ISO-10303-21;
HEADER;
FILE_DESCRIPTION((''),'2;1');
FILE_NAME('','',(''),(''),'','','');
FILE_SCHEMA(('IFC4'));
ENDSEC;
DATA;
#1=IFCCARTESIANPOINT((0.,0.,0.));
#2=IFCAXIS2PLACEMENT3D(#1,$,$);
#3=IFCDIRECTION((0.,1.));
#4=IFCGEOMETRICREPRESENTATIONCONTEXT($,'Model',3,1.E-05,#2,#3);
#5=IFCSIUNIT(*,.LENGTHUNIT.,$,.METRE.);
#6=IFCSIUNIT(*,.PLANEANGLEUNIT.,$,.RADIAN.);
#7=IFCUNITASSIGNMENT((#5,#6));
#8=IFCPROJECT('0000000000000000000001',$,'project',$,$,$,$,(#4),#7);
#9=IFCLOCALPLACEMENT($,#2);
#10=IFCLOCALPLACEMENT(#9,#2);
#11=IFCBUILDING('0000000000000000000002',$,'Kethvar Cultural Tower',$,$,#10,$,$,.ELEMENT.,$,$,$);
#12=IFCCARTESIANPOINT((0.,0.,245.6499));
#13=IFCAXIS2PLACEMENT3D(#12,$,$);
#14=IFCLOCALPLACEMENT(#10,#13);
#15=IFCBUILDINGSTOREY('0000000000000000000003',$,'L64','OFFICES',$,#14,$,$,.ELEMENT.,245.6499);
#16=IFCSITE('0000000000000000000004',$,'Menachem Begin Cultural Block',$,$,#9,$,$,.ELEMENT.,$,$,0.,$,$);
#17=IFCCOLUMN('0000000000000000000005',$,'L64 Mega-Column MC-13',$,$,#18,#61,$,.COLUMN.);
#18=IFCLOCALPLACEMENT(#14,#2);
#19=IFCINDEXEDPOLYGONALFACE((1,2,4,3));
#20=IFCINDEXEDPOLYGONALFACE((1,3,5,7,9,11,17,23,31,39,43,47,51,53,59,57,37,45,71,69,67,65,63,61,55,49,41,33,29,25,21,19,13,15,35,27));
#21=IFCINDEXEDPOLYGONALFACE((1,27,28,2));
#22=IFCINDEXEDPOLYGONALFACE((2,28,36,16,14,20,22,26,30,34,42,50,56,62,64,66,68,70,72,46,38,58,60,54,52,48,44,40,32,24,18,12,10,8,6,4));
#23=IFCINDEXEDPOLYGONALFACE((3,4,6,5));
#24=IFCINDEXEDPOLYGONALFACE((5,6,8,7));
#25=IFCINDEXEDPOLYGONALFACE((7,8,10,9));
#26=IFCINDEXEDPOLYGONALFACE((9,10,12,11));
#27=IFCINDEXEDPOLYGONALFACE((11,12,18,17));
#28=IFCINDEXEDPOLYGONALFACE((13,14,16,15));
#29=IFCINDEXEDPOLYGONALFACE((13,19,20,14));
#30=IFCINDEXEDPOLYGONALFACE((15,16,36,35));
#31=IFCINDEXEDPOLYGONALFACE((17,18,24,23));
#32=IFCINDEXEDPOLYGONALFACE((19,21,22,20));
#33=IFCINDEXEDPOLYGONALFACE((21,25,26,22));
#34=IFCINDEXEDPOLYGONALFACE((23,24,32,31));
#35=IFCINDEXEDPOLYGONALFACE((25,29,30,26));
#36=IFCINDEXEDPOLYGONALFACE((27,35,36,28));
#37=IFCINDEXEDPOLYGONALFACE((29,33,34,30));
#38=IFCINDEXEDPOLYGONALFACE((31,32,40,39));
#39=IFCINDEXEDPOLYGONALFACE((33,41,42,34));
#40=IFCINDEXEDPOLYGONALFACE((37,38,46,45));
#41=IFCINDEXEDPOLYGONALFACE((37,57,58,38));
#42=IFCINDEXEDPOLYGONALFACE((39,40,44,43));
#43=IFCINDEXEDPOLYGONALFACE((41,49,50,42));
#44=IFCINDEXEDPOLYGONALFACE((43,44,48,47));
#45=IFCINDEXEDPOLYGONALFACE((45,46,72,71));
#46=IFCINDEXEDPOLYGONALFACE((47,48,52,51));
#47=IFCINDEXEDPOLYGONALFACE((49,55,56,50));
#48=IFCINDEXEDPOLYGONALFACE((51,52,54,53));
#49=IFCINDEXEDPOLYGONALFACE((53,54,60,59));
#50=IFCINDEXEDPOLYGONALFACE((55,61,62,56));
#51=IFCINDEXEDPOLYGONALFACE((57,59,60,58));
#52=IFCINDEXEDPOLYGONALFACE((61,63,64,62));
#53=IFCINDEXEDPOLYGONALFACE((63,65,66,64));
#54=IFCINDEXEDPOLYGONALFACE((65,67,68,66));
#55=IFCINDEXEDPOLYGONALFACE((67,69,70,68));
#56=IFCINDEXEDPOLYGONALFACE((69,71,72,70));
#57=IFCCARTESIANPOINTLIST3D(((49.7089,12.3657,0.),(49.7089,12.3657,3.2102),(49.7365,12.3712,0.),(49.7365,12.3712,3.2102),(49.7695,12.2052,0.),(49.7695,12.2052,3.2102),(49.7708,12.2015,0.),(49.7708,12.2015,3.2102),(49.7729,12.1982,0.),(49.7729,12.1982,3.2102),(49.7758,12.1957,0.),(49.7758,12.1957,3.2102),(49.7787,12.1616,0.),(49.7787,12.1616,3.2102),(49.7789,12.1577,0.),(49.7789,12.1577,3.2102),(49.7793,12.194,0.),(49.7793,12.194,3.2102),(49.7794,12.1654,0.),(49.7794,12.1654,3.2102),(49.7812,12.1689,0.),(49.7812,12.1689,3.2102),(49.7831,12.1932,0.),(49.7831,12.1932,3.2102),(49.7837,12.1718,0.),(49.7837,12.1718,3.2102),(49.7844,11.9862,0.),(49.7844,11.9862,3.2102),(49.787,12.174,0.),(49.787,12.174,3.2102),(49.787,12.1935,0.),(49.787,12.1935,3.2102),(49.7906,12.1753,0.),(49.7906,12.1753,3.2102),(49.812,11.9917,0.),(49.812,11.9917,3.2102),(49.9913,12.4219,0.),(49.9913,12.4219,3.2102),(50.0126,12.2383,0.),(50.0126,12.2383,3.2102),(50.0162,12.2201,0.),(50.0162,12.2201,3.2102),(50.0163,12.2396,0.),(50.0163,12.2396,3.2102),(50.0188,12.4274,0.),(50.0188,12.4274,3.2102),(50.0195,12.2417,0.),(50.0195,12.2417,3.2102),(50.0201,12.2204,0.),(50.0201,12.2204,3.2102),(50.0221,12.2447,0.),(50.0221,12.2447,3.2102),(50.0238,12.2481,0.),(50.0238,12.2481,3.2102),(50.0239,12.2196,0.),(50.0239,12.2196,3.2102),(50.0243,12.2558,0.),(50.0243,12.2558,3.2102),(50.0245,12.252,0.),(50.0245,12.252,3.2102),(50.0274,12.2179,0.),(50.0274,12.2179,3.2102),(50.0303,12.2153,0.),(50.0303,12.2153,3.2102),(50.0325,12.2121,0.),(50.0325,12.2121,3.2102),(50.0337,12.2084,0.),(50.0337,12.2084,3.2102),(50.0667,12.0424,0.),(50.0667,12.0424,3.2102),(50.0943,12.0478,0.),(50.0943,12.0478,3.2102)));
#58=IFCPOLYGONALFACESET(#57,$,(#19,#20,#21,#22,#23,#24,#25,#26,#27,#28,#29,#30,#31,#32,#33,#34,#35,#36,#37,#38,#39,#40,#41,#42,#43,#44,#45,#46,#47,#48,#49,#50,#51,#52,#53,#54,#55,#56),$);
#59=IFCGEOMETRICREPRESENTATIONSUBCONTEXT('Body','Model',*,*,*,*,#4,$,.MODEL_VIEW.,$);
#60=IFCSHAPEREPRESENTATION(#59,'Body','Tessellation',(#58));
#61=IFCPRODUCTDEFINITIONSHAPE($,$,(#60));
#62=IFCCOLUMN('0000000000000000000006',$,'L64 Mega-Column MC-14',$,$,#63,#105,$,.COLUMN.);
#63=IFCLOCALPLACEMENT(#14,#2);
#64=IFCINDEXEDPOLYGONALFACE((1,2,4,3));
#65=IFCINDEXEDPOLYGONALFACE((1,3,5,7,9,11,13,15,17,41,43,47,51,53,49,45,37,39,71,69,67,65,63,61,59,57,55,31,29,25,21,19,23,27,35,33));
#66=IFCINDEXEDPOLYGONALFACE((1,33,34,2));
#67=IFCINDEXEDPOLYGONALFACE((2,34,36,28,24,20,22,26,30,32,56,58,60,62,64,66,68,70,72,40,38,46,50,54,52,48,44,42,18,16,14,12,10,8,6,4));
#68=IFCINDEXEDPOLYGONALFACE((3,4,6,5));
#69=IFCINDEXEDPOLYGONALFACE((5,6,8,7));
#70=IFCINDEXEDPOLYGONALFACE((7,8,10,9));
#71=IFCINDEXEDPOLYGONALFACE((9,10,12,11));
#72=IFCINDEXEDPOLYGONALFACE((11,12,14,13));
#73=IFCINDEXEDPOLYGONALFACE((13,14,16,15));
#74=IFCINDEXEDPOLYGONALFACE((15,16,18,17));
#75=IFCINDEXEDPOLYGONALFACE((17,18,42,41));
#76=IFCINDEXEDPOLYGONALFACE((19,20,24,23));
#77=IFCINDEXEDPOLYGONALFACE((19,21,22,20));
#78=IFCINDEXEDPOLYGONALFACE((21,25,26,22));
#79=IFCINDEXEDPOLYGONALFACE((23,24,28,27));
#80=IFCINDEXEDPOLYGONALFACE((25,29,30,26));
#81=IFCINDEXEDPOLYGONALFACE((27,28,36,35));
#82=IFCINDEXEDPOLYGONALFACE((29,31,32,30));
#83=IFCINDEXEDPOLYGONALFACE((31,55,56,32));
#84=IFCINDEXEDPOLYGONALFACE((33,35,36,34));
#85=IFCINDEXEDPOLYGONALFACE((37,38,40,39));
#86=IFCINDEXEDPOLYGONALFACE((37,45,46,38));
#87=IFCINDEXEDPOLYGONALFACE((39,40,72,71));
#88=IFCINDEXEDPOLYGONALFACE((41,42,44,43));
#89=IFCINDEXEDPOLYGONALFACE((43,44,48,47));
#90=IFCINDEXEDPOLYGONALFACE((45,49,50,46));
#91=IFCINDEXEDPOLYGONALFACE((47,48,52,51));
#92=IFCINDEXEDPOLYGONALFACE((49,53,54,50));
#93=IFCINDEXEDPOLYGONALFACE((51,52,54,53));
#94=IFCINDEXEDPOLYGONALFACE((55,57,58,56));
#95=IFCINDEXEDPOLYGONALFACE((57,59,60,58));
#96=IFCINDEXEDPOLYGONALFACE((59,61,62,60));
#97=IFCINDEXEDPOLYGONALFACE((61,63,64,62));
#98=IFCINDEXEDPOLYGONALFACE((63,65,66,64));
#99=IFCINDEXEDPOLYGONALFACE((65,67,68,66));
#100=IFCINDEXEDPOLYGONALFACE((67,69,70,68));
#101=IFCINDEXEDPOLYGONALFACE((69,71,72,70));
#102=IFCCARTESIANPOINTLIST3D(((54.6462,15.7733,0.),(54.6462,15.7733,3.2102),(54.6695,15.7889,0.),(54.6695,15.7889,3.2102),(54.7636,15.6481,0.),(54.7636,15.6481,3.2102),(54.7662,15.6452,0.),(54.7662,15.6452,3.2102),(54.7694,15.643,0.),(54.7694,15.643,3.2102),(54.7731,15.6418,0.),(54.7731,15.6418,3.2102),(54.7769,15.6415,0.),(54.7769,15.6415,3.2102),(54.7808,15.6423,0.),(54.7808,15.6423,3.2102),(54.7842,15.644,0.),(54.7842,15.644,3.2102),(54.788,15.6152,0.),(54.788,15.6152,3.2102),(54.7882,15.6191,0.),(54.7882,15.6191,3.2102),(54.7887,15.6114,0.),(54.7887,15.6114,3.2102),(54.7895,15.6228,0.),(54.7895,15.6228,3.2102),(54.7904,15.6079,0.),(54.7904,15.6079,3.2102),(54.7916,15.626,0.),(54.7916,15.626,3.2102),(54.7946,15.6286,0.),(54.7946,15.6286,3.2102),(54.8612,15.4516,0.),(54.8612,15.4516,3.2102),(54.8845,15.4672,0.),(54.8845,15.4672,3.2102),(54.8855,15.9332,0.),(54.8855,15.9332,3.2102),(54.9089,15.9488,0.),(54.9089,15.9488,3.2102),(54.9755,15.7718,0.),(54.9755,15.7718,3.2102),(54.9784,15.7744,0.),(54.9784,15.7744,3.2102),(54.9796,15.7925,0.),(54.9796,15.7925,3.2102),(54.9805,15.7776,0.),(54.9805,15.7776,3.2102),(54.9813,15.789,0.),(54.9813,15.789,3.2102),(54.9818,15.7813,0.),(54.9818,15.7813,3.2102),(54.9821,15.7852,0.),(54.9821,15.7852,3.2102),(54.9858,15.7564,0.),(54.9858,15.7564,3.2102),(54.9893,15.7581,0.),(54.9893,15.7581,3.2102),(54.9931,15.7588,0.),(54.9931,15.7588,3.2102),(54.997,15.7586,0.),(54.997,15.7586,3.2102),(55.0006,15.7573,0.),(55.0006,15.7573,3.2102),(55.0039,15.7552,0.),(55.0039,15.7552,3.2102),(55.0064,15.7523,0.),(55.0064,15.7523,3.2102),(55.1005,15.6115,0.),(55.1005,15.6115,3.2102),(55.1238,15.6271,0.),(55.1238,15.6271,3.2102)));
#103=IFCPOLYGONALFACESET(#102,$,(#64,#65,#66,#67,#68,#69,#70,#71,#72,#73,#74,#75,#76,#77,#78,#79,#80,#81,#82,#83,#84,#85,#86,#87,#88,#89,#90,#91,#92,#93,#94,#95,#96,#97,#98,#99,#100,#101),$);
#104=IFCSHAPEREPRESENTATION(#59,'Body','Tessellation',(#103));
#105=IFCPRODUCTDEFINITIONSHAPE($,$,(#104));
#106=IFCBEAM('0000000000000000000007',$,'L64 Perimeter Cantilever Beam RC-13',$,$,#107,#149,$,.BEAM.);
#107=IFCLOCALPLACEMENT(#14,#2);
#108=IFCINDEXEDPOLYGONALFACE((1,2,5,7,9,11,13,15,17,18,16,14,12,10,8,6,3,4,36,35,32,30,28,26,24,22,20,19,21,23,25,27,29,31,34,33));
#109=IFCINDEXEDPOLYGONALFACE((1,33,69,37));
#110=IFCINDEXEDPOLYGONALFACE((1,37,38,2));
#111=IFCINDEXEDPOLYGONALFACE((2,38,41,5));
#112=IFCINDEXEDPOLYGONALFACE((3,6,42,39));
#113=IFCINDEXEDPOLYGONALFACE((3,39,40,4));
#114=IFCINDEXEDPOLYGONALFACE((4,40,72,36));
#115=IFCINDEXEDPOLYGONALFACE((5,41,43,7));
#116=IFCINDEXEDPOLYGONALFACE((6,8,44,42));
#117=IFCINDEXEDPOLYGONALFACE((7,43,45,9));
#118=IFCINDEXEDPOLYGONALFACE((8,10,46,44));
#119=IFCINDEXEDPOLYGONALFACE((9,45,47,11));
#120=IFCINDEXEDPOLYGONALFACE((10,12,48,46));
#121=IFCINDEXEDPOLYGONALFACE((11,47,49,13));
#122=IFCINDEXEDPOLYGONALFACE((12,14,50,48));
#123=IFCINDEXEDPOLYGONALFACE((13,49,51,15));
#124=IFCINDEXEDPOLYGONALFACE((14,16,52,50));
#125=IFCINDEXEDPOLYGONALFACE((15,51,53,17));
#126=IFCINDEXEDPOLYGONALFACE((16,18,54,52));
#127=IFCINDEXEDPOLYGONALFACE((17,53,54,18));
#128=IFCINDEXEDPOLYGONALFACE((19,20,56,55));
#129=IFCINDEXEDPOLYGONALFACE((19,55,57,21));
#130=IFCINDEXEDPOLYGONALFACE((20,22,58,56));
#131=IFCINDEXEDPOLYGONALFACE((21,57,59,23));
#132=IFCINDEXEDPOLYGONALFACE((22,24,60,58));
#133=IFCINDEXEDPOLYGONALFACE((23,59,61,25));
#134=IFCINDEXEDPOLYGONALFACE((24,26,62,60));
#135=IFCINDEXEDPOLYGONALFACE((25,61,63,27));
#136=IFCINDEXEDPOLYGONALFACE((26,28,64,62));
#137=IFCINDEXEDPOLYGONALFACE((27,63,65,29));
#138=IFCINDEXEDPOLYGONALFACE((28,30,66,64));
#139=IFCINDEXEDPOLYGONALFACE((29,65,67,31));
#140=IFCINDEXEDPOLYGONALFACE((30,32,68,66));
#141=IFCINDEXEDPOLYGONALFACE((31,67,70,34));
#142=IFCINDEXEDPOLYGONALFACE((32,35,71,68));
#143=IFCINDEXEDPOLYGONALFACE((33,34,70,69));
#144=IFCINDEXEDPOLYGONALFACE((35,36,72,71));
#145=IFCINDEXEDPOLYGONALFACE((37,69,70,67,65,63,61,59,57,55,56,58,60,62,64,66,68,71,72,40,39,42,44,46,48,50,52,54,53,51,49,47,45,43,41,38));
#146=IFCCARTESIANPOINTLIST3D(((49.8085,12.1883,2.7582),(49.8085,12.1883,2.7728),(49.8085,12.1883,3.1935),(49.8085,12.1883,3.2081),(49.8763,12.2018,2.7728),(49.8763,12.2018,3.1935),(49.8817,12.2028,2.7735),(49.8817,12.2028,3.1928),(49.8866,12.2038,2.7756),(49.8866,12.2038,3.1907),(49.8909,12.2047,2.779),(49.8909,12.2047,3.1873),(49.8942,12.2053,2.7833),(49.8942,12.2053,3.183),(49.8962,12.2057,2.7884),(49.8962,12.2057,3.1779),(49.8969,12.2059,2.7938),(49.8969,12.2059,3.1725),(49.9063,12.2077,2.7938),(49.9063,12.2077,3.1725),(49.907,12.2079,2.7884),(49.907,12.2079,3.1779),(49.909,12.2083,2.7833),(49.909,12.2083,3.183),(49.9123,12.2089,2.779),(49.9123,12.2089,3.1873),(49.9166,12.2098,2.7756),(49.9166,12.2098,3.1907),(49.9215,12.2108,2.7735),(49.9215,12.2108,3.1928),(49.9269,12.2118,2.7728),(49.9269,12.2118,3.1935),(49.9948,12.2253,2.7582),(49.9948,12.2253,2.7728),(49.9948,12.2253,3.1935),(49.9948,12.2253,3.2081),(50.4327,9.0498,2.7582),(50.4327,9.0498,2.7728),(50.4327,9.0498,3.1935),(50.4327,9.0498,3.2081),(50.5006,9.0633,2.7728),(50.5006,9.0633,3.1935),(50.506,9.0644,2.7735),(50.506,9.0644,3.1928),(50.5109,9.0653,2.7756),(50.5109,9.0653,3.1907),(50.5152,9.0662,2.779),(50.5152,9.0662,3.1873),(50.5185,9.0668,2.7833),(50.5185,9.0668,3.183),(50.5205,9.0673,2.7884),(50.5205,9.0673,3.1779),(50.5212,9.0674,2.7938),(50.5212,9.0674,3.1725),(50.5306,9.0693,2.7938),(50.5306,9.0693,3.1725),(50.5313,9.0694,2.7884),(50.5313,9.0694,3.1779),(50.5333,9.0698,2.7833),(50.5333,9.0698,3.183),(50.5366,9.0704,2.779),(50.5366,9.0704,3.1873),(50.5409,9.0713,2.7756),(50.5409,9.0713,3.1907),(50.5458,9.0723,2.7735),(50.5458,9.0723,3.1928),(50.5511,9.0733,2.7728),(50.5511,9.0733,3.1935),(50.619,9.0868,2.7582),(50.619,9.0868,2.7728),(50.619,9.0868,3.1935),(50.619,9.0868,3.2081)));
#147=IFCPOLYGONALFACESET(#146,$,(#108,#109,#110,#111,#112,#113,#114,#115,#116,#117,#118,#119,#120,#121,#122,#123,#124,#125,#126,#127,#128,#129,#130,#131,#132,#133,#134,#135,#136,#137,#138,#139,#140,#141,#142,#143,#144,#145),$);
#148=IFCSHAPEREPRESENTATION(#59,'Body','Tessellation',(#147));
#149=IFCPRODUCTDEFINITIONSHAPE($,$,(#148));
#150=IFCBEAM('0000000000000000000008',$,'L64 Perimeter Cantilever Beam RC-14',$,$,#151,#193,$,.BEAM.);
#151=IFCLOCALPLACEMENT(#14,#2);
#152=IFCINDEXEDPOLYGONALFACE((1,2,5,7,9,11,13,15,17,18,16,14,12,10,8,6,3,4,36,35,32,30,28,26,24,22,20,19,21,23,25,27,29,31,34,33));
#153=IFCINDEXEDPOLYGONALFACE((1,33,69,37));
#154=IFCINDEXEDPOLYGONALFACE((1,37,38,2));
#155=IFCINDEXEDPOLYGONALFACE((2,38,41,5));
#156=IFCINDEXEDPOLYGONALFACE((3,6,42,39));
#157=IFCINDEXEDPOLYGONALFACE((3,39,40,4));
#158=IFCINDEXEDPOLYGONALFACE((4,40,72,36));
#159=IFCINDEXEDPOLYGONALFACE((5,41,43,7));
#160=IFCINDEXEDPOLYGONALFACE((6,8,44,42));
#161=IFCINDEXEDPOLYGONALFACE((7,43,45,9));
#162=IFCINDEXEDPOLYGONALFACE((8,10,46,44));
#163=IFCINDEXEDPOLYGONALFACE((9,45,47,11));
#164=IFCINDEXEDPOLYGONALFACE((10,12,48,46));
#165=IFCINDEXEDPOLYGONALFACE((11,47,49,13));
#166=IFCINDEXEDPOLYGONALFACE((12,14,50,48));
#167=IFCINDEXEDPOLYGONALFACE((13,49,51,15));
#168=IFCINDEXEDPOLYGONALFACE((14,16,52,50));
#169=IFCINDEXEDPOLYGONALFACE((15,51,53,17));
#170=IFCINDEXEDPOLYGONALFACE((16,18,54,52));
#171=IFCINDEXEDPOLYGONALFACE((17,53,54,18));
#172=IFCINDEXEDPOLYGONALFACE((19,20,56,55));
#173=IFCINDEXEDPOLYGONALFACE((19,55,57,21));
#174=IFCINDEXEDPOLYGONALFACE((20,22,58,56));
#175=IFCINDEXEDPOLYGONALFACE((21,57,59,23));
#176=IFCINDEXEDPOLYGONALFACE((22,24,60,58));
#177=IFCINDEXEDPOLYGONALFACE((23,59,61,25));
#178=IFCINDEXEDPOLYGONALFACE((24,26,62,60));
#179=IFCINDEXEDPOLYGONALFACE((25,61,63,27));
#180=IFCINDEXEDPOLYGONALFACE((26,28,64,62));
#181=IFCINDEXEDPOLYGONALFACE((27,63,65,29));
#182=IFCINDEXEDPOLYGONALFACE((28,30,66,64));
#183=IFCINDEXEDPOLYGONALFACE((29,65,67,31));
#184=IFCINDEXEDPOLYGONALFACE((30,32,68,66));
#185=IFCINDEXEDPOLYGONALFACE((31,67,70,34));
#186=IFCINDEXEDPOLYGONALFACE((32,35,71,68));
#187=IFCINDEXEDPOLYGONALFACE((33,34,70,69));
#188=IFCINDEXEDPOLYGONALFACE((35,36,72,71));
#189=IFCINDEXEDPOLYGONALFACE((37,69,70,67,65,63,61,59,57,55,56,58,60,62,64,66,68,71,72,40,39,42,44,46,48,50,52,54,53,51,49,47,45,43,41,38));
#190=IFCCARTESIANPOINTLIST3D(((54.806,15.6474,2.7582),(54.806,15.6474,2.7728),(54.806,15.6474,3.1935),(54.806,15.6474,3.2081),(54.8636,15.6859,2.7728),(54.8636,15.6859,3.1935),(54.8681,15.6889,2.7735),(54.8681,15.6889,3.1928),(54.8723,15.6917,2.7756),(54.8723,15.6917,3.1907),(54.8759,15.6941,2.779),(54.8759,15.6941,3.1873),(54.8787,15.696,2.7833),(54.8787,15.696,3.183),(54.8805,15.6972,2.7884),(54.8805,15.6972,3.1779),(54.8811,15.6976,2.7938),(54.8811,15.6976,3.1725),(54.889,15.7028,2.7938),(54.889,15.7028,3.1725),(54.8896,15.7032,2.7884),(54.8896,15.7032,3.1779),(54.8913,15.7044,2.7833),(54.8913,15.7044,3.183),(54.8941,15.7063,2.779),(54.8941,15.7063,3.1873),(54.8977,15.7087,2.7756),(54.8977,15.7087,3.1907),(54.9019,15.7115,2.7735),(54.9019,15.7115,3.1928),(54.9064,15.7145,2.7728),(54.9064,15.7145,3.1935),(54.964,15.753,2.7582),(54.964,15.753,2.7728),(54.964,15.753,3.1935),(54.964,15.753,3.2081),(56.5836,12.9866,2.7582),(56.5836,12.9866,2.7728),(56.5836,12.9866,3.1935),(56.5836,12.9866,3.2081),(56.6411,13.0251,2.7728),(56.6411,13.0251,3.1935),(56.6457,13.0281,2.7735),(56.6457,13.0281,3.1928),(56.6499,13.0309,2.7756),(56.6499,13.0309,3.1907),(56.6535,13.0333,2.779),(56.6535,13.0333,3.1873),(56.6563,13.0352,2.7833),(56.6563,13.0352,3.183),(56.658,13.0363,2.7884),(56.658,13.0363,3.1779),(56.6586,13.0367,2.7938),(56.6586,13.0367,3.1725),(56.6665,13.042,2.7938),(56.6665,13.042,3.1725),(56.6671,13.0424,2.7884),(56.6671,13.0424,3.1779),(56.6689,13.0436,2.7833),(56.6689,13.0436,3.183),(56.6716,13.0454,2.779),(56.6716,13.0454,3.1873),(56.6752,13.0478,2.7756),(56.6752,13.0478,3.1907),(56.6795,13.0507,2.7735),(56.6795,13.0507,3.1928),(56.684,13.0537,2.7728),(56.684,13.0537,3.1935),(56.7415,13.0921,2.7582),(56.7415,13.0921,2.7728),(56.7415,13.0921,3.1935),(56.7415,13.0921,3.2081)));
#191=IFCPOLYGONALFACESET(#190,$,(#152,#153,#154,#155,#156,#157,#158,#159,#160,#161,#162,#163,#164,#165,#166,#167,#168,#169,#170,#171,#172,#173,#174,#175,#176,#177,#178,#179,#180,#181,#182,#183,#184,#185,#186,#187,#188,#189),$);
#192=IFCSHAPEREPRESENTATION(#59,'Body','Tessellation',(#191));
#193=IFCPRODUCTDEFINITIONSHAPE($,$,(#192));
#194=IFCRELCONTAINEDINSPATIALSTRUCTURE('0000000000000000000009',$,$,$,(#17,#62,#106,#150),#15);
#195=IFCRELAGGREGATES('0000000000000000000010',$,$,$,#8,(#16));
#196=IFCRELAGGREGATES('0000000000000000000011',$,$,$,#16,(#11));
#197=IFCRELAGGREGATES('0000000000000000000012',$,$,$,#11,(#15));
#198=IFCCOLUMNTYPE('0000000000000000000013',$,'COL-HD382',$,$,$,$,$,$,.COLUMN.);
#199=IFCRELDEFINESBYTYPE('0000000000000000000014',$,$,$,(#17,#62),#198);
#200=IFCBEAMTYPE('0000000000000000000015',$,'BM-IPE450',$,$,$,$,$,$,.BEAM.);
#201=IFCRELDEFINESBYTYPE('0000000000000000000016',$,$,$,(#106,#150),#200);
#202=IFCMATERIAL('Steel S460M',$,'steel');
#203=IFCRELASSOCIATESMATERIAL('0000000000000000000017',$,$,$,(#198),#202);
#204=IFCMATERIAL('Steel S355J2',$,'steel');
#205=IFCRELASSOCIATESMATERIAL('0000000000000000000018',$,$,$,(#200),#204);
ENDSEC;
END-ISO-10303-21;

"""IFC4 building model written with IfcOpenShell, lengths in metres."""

from ifc_helpers import new_model, si_unit, direction, frame, origin, origin_2d, place, context, subcontext, project, spatial, i_section, extrude, source, transform, mapped, material, material_profile, profile_set, type_object, element, save


model = new_model("IFC4")

# Units and contexts
model_context = context("Model", 3, precision=1e-05, world=origin(), true_north=direction((0.0, 1.0)))
body_context = subcontext(model_context, "Body", "Model", "MODEL_VIEW")
ifc_project = project(units=[si_unit("LENGTHUNIT", "METRE"), si_unit("PLANEANGLEUNIT", "RADIAN")], contexts=[model_context])

# Site, building, storey
site_placement = place(None, origin())
site = spatial("IfcSite", under=ifc_project, at=site_placement, Name="Menachem Begin Cultural Block", CompositionType="ELEMENT", RefElevation=0.0)
building_placement = place(site_placement, origin())
building = spatial("IfcBuilding", under=site, at=building_placement, Name="Kethvar Cultural Tower", CompositionType="ELEMENT")
storey_placement = place(building_placement, frame((0.0, 0.0, 245.6499)))
storey = spatial("IfcBuildingStorey", under=building, at=storey_placement, Name="L64", Description="OFFICES", CompositionType="ELEMENT", Elevation=245.6499)

# Columns
ifc_material_1 = material(Name="Steel S460M", Category="steel")
ifc_material_profile_1 = material_profile(ifc_material_1, i_section(OverallWidth=0.387, OverallDepth=0.3159, WebThickness=0.0186, FlangeThickness=0.0281, FilletRadius=0.0149, at=origin_2d()), Name="Steel S460M — HD400x382")
ifc_profile_set_1 = profile_set([ifc_material_profile_1], Name="Steel S460M — HD400x382")
column_type = type_object("IfcColumnType", Name="COL-HD382", PredefinedType="COLUMN", material=ifc_profile_set_1)
shared_shape_1 = source(origin(), body_context, "Body", "SweptSolid", [
    extrude(i_section(OverallWidth=0.387, OverallDepth=0.3159, WebThickness=0.0186, FlangeThickness=0.0281, FilletRadius=0.0149, at=origin_2d()), origin(), (0.0, 0.0, 1.0), 3.2102),
])
for number, where, z_axis, x_axis, name in (
    (1, (49.9016, 12.2068, 0.0), (0.0, 0.0, 1.0), (0.19509, -0.980785, 0.0), "L64 Mega-Column MC-13"),
    (2, (54.885, 15.7002, 0.0), (0.0, 0.0, 1.0), (0.55557, -0.83147, 0.0), "L64 Mega-Column MC-14"),
):
    element("IfcColumn", number, at=place(storey_placement, frame(where, z_axis=z_axis, x_axis=x_axis)), inside=storey, type_object=column_type, Name=name, PredefinedType="COLUMN", context=body_context, shape_type="MappedRepresentation", body=[
        mapped(shared_shape_1, transform((0.0, 0.0, 0.0), scale=1.0)),
    ])

# Beams
ifc_material_2 = material(Name="Steel S355J2", Category="steel")
ifc_material_profile_2 = material_profile(ifc_material_2, i_section(OverallWidth=0.1899, OverallDepth=0.45, WebThickness=0.0095, FlangeThickness=0.0146, FilletRadius=0.021, at=origin_2d()), Name="Steel S355J2 — IPE450")
ifc_profile_set_2 = profile_set([ifc_material_profile_2], Name="Steel S355J2 — IPE450")
beam_type_1 = type_object("IfcBeamType", Name="BM-IPE450", PredefinedType="BEAM", material=ifc_profile_set_2)
shared_shape_2 = source(origin(), body_context, "Body", "SweptSolid", [
    extrude(i_section(OverallWidth=0.1899, OverallDepth=0.45, WebThickness=0.0095, FlangeThickness=0.0146, FilletRadius=0.021, at=origin_2d()), origin(), (0.0, 0.0, 1.0), 3.2),
])
for number, where, z_axis, x_axis, name in (
    (3, (49.9016, 12.2068, 2.9832), (0.195089, -0.980786, 0.0), (0.980786, 0.195089, 0.0), "L64 Perimeter Cantilever Beam RC-13"),
    (4, (54.885, 15.7002, 2.9832), (0.555492, -0.831522, 0.0), (0.831522, 0.555492, 0.0), "L64 Perimeter Cantilever Beam RC-14"),
):
    element("IfcBeam", number, at=place(storey_placement, frame(where, z_axis=z_axis, x_axis=x_axis)), inside=storey, type_object=beam_type_1, Name=name, PredefinedType="BEAM", context=body_context, shape_type="MappedRepresentation", body=[
        mapped(shared_shape_2, transform((0.0, 0.0, 0.0), scale=1.0)),
    ])

save(model, "model.ifc")
